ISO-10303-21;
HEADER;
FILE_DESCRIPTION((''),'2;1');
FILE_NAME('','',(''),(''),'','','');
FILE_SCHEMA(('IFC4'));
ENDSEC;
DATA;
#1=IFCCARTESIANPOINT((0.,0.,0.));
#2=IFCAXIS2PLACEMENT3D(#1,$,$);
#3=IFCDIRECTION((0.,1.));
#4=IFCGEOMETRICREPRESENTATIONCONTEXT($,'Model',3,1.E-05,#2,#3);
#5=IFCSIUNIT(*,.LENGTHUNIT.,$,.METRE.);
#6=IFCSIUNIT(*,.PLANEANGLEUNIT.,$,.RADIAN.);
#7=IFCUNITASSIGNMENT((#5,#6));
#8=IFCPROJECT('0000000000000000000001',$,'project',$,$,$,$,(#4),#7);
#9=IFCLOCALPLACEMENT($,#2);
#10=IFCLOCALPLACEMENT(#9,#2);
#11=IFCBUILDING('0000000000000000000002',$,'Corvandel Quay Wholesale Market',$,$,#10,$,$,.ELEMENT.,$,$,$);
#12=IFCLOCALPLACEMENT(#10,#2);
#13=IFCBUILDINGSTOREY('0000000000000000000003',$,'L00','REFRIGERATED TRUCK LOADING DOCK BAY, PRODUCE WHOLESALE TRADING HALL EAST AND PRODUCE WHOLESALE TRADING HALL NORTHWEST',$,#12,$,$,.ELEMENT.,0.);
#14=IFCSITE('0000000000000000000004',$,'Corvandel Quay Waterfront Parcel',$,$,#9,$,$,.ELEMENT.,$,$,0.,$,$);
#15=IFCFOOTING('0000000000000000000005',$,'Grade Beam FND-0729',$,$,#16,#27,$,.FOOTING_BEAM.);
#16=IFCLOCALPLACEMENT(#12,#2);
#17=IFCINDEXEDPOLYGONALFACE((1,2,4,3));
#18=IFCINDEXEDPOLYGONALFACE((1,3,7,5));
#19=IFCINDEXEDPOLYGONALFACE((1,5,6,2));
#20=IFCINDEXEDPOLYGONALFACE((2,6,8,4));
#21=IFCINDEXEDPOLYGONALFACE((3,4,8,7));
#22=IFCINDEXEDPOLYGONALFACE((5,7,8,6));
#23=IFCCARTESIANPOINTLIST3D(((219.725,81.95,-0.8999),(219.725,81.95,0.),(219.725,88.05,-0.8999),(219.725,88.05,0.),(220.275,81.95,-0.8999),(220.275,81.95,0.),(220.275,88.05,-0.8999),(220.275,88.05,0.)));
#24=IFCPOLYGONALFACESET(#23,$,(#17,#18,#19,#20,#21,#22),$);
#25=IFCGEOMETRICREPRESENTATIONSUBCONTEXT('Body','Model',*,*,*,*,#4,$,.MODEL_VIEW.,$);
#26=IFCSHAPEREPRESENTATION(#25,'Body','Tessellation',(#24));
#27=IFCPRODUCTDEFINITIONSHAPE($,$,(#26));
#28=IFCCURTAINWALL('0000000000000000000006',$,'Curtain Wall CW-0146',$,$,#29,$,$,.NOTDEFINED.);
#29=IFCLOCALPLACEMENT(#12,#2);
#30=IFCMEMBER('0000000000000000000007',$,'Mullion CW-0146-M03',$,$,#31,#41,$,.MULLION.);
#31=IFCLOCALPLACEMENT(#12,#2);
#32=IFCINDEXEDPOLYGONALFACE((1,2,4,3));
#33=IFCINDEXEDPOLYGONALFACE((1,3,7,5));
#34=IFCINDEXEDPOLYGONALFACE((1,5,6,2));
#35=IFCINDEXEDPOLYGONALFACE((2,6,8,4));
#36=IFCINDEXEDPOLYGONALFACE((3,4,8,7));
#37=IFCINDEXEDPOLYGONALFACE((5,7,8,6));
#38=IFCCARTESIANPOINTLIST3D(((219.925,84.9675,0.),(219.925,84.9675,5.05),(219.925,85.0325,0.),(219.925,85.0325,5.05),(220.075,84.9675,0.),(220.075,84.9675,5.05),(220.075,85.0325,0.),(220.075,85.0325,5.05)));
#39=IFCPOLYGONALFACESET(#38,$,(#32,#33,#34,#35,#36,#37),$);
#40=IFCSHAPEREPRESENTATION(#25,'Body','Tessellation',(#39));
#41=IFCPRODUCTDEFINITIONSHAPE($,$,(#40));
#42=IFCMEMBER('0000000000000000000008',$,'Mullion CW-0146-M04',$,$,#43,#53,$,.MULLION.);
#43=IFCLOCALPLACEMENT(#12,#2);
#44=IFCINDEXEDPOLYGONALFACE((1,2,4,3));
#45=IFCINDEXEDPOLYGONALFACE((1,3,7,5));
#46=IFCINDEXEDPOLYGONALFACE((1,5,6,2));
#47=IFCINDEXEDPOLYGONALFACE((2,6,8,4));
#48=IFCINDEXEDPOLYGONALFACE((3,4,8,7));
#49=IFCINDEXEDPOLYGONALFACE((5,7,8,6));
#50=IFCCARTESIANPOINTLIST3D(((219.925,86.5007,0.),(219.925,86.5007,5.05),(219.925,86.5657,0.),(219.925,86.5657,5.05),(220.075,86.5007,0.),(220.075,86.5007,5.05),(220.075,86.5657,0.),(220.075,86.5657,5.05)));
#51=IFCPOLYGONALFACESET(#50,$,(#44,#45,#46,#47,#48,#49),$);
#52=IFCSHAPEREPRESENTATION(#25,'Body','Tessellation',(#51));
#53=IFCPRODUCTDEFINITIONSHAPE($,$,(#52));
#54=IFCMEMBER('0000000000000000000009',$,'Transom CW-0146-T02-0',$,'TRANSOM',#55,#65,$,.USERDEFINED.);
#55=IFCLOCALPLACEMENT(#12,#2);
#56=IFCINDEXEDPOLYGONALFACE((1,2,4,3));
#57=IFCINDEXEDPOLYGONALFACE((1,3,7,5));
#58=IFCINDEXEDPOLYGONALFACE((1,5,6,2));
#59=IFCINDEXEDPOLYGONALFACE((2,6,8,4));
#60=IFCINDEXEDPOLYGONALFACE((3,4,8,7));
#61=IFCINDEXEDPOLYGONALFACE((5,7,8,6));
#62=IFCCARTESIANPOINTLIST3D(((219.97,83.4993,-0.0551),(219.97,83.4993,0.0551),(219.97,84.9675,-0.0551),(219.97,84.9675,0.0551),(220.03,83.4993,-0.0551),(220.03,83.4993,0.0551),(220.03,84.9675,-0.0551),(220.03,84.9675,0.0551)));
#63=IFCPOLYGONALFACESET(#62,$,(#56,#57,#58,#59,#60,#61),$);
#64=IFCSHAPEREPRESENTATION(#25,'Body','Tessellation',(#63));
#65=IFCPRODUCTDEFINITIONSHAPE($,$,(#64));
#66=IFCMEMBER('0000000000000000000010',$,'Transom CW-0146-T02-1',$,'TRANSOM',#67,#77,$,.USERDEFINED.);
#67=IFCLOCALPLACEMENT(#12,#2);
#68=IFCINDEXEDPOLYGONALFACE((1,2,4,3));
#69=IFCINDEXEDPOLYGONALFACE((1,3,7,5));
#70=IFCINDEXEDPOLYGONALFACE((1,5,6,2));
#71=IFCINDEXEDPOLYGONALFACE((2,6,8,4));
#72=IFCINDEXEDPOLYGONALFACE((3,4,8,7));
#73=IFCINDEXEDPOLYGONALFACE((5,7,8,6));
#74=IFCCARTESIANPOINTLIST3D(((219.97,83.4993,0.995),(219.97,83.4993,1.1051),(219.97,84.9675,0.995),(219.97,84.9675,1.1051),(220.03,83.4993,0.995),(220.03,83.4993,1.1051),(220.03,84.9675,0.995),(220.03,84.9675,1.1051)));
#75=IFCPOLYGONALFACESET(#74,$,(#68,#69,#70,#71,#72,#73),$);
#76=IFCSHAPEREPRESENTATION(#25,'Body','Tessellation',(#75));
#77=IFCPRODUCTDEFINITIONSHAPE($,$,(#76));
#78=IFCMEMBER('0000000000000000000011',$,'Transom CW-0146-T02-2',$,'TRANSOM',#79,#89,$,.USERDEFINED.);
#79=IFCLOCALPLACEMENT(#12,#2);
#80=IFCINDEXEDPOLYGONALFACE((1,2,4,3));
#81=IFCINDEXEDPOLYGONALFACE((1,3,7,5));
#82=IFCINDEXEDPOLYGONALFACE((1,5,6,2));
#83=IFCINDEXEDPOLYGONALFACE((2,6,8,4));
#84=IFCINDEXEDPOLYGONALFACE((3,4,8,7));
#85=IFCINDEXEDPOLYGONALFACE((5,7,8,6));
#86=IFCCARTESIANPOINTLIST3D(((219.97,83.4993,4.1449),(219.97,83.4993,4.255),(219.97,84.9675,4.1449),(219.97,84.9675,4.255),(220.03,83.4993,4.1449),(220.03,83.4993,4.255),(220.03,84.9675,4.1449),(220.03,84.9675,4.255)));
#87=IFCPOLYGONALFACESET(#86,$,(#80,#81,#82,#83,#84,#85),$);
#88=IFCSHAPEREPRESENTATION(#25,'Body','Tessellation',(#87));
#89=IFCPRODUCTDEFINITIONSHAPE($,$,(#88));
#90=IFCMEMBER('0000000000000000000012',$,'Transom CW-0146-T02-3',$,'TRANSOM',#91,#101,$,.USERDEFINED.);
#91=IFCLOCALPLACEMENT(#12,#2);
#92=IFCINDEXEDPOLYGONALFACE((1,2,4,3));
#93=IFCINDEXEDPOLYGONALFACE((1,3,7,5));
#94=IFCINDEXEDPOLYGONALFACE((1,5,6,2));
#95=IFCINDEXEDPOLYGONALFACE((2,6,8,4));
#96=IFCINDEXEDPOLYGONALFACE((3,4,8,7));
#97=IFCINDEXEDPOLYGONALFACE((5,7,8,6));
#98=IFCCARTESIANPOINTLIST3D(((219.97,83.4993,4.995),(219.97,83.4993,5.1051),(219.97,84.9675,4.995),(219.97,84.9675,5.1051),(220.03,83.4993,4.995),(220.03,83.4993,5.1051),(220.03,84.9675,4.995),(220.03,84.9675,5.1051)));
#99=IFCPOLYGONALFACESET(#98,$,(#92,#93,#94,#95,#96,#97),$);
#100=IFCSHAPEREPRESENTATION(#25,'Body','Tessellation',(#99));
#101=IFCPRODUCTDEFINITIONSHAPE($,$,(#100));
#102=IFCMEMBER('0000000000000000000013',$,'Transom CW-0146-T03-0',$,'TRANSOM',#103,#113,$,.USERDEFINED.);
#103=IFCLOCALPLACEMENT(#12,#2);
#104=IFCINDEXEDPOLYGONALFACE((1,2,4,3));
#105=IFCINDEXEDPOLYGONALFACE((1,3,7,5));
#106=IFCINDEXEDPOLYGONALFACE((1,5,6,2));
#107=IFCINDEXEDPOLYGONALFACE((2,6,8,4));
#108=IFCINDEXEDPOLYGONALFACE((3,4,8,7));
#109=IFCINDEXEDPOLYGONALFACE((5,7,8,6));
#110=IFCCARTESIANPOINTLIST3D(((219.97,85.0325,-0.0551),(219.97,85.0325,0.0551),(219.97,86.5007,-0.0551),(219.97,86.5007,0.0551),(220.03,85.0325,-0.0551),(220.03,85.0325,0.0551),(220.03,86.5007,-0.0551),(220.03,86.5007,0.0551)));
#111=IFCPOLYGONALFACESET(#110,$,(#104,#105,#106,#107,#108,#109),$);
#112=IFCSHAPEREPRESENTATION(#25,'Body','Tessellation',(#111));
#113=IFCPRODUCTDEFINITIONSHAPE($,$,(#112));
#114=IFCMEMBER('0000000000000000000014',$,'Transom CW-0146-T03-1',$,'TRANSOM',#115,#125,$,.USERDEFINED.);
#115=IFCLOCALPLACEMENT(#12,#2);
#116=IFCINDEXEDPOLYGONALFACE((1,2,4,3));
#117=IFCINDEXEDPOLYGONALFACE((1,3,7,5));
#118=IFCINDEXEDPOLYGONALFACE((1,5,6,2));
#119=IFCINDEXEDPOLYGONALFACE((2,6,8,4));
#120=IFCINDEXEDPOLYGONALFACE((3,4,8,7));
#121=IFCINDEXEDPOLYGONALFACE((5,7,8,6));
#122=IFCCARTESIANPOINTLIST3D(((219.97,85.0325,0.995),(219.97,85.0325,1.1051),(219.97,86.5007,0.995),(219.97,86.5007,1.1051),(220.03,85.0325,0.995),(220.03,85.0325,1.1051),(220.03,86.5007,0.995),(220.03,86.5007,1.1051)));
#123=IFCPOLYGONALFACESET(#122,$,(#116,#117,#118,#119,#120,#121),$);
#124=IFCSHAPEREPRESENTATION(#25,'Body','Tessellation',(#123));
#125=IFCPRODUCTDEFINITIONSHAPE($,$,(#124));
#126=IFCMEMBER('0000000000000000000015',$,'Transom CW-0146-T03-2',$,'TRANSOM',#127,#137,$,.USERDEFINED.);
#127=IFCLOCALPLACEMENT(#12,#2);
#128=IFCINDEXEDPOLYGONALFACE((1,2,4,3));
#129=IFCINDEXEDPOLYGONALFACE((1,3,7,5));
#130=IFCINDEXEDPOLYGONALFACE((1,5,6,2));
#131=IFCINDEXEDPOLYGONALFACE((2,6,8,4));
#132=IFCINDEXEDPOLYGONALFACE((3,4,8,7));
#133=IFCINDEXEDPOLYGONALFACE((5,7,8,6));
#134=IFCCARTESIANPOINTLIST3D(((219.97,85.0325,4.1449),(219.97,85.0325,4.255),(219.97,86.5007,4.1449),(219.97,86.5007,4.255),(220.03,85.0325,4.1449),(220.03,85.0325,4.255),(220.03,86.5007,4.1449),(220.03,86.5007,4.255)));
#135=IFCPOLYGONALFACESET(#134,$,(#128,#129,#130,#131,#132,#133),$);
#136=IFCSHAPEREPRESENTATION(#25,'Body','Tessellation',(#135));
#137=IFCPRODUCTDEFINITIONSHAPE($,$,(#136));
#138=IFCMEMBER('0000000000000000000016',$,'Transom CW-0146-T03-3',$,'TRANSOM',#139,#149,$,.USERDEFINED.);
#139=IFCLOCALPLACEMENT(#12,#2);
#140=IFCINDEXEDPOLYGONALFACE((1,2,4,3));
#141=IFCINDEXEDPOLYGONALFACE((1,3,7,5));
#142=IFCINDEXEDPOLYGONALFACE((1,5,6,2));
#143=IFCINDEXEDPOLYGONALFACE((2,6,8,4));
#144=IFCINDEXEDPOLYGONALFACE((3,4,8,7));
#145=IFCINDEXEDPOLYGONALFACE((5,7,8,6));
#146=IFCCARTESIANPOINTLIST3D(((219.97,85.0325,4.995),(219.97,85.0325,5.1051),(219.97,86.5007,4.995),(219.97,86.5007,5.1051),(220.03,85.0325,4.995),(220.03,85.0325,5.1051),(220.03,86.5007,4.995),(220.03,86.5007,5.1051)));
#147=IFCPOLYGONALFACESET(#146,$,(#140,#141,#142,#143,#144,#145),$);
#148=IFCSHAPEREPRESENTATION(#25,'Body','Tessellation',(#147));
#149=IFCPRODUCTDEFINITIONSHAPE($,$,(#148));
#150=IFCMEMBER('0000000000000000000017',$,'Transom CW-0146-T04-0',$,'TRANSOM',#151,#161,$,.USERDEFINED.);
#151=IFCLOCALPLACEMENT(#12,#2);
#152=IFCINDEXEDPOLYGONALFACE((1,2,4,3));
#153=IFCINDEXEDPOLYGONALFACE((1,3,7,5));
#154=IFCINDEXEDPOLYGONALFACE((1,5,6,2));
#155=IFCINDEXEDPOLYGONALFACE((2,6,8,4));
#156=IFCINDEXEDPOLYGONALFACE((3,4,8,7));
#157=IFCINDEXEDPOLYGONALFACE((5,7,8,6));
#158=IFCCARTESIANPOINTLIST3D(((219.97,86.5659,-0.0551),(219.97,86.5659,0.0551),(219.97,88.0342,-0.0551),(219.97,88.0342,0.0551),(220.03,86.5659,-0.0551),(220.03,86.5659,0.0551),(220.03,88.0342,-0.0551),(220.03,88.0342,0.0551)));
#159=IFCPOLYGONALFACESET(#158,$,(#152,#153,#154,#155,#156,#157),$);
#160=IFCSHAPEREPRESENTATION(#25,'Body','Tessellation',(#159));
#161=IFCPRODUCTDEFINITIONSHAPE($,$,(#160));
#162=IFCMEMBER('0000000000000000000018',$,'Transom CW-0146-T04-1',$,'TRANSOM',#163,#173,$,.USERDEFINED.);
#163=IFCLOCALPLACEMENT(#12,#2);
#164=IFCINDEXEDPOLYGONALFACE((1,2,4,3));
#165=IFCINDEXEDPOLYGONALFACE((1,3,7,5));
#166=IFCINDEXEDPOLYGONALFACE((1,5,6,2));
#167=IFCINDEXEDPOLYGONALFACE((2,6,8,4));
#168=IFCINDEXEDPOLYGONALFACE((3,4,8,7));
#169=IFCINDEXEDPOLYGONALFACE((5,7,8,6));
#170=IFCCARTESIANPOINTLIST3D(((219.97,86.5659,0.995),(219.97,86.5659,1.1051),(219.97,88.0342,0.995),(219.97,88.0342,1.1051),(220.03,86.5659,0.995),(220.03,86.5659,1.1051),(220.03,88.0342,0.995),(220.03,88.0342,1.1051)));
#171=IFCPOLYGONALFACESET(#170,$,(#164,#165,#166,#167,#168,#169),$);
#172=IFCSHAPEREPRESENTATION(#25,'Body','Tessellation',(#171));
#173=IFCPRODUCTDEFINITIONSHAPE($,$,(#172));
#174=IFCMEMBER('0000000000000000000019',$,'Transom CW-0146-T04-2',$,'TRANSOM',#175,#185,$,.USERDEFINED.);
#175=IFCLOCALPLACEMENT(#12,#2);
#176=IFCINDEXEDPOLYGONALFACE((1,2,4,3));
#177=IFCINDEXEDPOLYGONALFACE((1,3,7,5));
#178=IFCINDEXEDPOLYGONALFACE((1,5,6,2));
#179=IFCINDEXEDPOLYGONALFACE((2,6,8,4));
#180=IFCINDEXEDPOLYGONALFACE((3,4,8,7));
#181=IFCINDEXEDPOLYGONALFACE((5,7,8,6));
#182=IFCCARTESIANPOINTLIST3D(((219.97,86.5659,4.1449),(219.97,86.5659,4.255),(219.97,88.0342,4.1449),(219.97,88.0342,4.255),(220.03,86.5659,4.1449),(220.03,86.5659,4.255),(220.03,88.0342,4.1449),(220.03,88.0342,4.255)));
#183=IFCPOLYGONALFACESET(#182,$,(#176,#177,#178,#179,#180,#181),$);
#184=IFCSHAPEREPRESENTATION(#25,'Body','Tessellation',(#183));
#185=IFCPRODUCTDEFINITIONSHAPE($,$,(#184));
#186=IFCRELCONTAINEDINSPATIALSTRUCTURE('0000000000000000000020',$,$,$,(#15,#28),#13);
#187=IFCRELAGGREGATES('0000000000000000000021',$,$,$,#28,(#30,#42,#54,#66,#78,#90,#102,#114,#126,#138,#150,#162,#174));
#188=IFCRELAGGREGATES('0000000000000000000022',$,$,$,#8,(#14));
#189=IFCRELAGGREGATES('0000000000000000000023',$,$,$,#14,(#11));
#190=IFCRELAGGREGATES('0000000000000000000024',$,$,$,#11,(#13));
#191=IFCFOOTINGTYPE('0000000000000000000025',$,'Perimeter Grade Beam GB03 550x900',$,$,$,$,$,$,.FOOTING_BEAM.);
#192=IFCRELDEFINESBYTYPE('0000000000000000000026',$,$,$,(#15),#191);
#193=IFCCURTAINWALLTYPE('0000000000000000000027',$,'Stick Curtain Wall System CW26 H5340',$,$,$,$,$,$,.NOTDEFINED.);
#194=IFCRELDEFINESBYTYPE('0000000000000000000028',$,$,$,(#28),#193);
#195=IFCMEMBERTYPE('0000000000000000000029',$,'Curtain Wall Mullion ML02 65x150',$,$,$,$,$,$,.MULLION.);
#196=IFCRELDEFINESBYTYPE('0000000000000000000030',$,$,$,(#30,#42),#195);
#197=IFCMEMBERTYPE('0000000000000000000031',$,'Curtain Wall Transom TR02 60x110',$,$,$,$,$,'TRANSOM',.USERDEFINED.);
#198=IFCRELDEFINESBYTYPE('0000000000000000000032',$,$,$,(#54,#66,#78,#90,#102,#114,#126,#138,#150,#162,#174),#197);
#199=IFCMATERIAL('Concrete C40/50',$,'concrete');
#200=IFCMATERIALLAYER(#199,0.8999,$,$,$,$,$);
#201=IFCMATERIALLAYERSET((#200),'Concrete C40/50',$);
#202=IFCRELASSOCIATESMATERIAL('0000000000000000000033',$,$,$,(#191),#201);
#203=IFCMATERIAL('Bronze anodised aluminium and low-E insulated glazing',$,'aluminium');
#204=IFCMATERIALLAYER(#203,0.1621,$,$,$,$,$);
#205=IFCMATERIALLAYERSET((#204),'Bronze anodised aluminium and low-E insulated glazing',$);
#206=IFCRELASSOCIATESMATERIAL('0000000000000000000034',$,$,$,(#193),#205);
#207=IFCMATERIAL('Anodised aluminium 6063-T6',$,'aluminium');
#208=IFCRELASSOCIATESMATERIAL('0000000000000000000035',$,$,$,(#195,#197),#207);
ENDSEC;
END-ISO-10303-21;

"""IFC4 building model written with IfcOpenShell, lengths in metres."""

from ifc_helpers import new_model, si_unit, direction, frame, origin, origin_2d, place, context, subcontext, project, spatial, rectangle, extrude, material, layer, layer_set, material_profile, profile_set, type_object, element, aggregate, save


model = new_model("IFC4")

# Units and contexts
model_context = context("Model", 3, precision=1e-05, world=origin(), true_north=direction((0.0, 1.0)))
body_context = subcontext(model_context, "Body", "Model", "MODEL_VIEW")
ifc_project = project(units=[si_unit("LENGTHUNIT", "METRE"), si_unit("PLANEANGLEUNIT", "RADIAN")], contexts=[model_context])

# Site, building, storey
site_placement = place(None, origin())
site = spatial("IfcSite", under=ifc_project, at=site_placement, Name="Corvandel Quay Waterfront Parcel", CompositionType="ELEMENT", RefElevation=0.0)
building_placement = place(site_placement, origin())
building = spatial("IfcBuilding", under=site, at=building_placement, Name="Corvandel Quay Wholesale Market", CompositionType="ELEMENT")
storey_placement = place(building_placement, origin())
storey = spatial("IfcBuildingStorey", under=building, at=storey_placement, Name="L00", Description="REFRIGERATED TRUCK LOADING DOCK BAY, PRODUCE WHOLESALE TRADING HALL EAST AND PRODUCE WHOLESALE TRADING HALL NORTHWEST", CompositionType="ELEMENT", Elevation=0.0)

# Footing
ifc_material_1 = material(Name="Concrete C40/50", Category="concrete")
ifc_layer_1 = layer(ifc_material_1, 0.8999)
ifc_layer_set_1 = layer_set([ifc_layer_1], Name="Concrete C40/50")
footing_type = type_object("IfcFootingType", Name="Perimeter Grade Beam GB03 550x900", PredefinedType="FOOTING_BEAM", material=ifc_layer_set_1)
footing_placement = place(storey_placement, frame((220.0, 85.0, -0.8999), z_axis=(0.0, 0.0, 1.0), x_axis=(0.0, 1.0, 0.0)))
element("IfcFooting", 1, at=footing_placement, inside=storey, type_object=footing_type, Name="Grade Beam FND-0729", PredefinedType="FOOTING_BEAM", context=body_context, shape_type="SweptSolid", body=[
    extrude(rectangle(XDim=6.1001, YDim=0.55, at=origin_2d()), origin(), (0.0, 0.0, 1.0), 0.8999),
])

# Curtain wall, members
ifc_material_2 = material(Name="Bronze anodised aluminium and low-E insulated glazing", Category="aluminium")
ifc_layer_2 = layer(ifc_material_2, 0.1621)
ifc_layer_set_2 = layer_set([ifc_layer_2], Name="Bronze anodised aluminium and low-E insulated glazing")
curtain_wall_type = type_object("IfcCurtainWallType", Name="Stick Curtain Wall System CW26 H5340", PredefinedType="NOTDEFINED", material=ifc_layer_set_2)
curtain_wall_placement = place(storey_placement, origin())
curtain_wall = element("IfcCurtainWall", 2, at=curtain_wall_placement, inside=storey, type_object=curtain_wall_type, Name="Curtain Wall CW-0146", PredefinedType="NOTDEFINED")
ifc_material_3 = material(Name="Anodised aluminium 6063-T6", Category="aluminium")
ifc_material_profile_1 = material_profile(ifc_material_3, rectangle(XDim=0.0649, YDim=0.1499, at=origin_2d()), Name="ALU-MUL-65x150")
ifc_profile_set_1 = profile_set([ifc_material_profile_1], Name="Anodised aluminium 6063-T6")
member_type_1 = type_object("IfcMemberType", Name="Curtain Wall Mullion ML02 65x150", PredefinedType="MULLION", material=ifc_profile_set_1)
member_1_placement = place(storey_placement, frame((220.0, 85.0, 0.0), z_axis=(0.0, 0.0, 1.0), x_axis=(0.0, 1.0, 0.0)))
member_1 = element("IfcMember", 3, at=member_1_placement, type_object=member_type_1, Name="Mullion CW-0146-M03", PredefinedType="MULLION", context=body_context, shape_type="SweptSolid", body=[
    extrude(rectangle(XDim=0.0649, YDim=0.1499, at=origin_2d()), origin(), (0.0, 0.0, 1.0), 5.05),
])
member_2_placement = place(storey_placement, frame((220.0, 86.5332, 0.0), z_axis=(0.0, 0.0, 1.0), x_axis=(0.0, 1.0, 0.0)))
member_2 = element("IfcMember", 4, at=member_2_placement, type_object=member_type_1, Name="Mullion CW-0146-M04", PredefinedType="MULLION", context=body_context, shape_type="SweptSolid", body=[
    extrude(rectangle(XDim=0.0649, YDim=0.1499, at=origin_2d()), origin(), (0.0, 0.0, 1.0), 5.05),
])
ifc_material_profile_2 = material_profile(ifc_material_3, rectangle(XDim=0.0601, YDim=0.1101, at=origin_2d()), Name="ALU-TRN-60x110")
ifc_profile_set_2 = profile_set([ifc_material_profile_2], Name="Anodised aluminium 6063-T6")
member_type_2 = type_object("IfcMemberType", Name="Curtain Wall Transom TR02 60x110", ElementType="TRANSOM", PredefinedType="USERDEFINED", material=ifc_profile_set_2)
member_3_placement = place(storey_placement, frame((220.0, 83.4993, 0.0), z_axis=(0.0, 1.0, 0.0), x_axis=(-1.0, 0.0, 0.0)))
member_3 = element("IfcMember", 5, at=member_3_placement, type_object=member_type_2, Name="Transom CW-0146-T02-0", ObjectType="TRANSOM", PredefinedType="USERDEFINED", context=body_context, shape_type="SweptSolid", body=[
    extrude(rectangle(XDim=0.0601, YDim=0.1101, at=origin_2d()), origin(), (0.0, 0.0, 1.0), 1.4683),
])
member_4_placement = place(storey_placement, frame((220.0, 83.4993, 1.05), z_axis=(0.0, 1.0, 0.0), x_axis=(-1.0, 0.0, 0.0)))
member_4 = element("IfcMember", 6, at=member_4_placement, type_object=member_type_2, Name="Transom CW-0146-T02-1", ObjectType="TRANSOM", PredefinedType="USERDEFINED", context=body_context, shape_type="SweptSolid", body=[
    extrude(rectangle(XDim=0.0601, YDim=0.1101, at=origin_2d()), origin(), (0.0, 0.0, 1.0), 1.4683),
])
member_5_placement = place(storey_placement, frame((220.0, 83.4993, 4.2), z_axis=(0.0, 1.0, 0.0), x_axis=(-1.0, 0.0, 0.0)))
member_5 = element("IfcMember", 7, at=member_5_placement, type_object=member_type_2, Name="Transom CW-0146-T02-2", ObjectType="TRANSOM", PredefinedType="USERDEFINED", context=body_context, shape_type="SweptSolid", body=[
    extrude(rectangle(XDim=0.0601, YDim=0.1101, at=origin_2d()), origin(), (0.0, 0.0, 1.0), 1.4683),
])
member_6_placement = place(storey_placement, frame((220.0, 83.4993, 5.05), z_axis=(0.0, 1.0, 0.0), x_axis=(-1.0, 0.0, 0.0)))
member_6 = element("IfcMember", 8, at=member_6_placement, type_object=member_type_2, Name="Transom CW-0146-T02-3", ObjectType="TRANSOM", PredefinedType="USERDEFINED", context=body_context, shape_type="SweptSolid", body=[
    extrude(rectangle(XDim=0.0601, YDim=0.1101, at=origin_2d()), origin(), (0.0, 0.0, 1.0), 1.4683),
])
member_7_placement = place(storey_placement, frame((220.0, 85.0325, 0.0), z_axis=(0.0, 1.0, 0.0), x_axis=(-1.0, 0.0, 0.0)))
member_7 = element("IfcMember", 9, at=member_7_placement, type_object=member_type_2, Name="Transom CW-0146-T03-0", ObjectType="TRANSOM", PredefinedType="USERDEFINED", context=body_context, shape_type="SweptSolid", body=[
    extrude(rectangle(XDim=0.0601, YDim=0.1101, at=origin_2d()), origin(), (0.0, 0.0, 1.0), 1.4683),
])
member_8_placement = place(storey_placement, frame((220.0, 85.0325, 1.05), z_axis=(0.0, 1.0, 0.0), x_axis=(-1.0, 0.0, 0.0)))
member_8 = element("IfcMember", 10, at=member_8_placement, type_object=member_type_2, Name="Transom CW-0146-T03-1", ObjectType="TRANSOM", PredefinedType="USERDEFINED", context=body_context, shape_type="SweptSolid", body=[
    extrude(rectangle(XDim=0.0601, YDim=0.1101, at=origin_2d()), origin(), (0.0, 0.0, 1.0), 1.4683),
])
member_9_placement = place(storey_placement, frame((220.0, 85.0325, 4.2), z_axis=(0.0, 1.0, 0.0), x_axis=(-1.0, 0.0, 0.0)))
member_9 = element("IfcMember", 11, at=member_9_placement, type_object=member_type_2, Name="Transom CW-0146-T03-2", ObjectType="TRANSOM", PredefinedType="USERDEFINED", context=body_context, shape_type="SweptSolid", body=[
    extrude(rectangle(XDim=0.0601, YDim=0.1101, at=origin_2d()), origin(), (0.0, 0.0, 1.0), 1.4683),
])
member_10_placement = place(storey_placement, frame((220.0, 85.0325, 5.05), z_axis=(0.0, 1.0, 0.0), x_axis=(-1.0, 0.0, 0.0)))
member_10 = element("IfcMember", 12, at=member_10_placement, type_object=member_type_2, Name="Transom CW-0146-T03-3", ObjectType="TRANSOM", PredefinedType="USERDEFINED", context=body_context, shape_type="SweptSolid", body=[
    extrude(rectangle(XDim=0.0601, YDim=0.1101, at=origin_2d()), origin(), (0.0, 0.0, 1.0), 1.4683),
])
member_11_placement = place(storey_placement, frame((220.0, 86.5659, 0.0), z_axis=(0.0, 1.0, 0.0), x_axis=(-1.0, 0.0, 0.0)))
member_11 = element("IfcMember", 13, at=member_11_placement, type_object=member_type_2, Name="Transom CW-0146-T04-0", ObjectType="TRANSOM", PredefinedType="USERDEFINED", context=body_context, shape_type="SweptSolid", body=[
    extrude(rectangle(XDim=0.0601, YDim=0.1101, at=origin_2d()), origin(), (0.0, 0.0, 1.0), 1.4683),
])
member_12_placement = place(storey_placement, frame((220.0, 86.5659, 1.05), z_axis=(0.0, 1.0, 0.0), x_axis=(-1.0, 0.0, 0.0)))
member_12 = element("IfcMember", 14, at=member_12_placement, type_object=member_type_2, Name="Transom CW-0146-T04-1", ObjectType="TRANSOM", PredefinedType="USERDEFINED", context=body_context, shape_type="SweptSolid", body=[
    extrude(rectangle(XDim=0.0601, YDim=0.1101, at=origin_2d()), origin(), (0.0, 0.0, 1.0), 1.4683),
])
member_13_placement = place(storey_placement, frame((220.0, 86.5659, 4.2), z_axis=(0.0, 1.0, 0.0), x_axis=(-1.0, 0.0, 0.0)))
member_13 = element("IfcMember", 15, at=member_13_placement, type_object=member_type_2, Name="Transom CW-0146-T04-2", ObjectType="TRANSOM", PredefinedType="USERDEFINED", context=body_context, shape_type="SweptSolid", body=[
    extrude(rectangle(XDim=0.0601, YDim=0.1101, at=origin_2d()), origin(), (0.0, 0.0, 1.0), 1.4683),
])
aggregate(curtain_wall, [member_1, member_2, member_3, member_4, member_5, member_6, member_7, member_8, member_9, member_10, member_11, member_12, member_13])

save(model, "model.ifc")
